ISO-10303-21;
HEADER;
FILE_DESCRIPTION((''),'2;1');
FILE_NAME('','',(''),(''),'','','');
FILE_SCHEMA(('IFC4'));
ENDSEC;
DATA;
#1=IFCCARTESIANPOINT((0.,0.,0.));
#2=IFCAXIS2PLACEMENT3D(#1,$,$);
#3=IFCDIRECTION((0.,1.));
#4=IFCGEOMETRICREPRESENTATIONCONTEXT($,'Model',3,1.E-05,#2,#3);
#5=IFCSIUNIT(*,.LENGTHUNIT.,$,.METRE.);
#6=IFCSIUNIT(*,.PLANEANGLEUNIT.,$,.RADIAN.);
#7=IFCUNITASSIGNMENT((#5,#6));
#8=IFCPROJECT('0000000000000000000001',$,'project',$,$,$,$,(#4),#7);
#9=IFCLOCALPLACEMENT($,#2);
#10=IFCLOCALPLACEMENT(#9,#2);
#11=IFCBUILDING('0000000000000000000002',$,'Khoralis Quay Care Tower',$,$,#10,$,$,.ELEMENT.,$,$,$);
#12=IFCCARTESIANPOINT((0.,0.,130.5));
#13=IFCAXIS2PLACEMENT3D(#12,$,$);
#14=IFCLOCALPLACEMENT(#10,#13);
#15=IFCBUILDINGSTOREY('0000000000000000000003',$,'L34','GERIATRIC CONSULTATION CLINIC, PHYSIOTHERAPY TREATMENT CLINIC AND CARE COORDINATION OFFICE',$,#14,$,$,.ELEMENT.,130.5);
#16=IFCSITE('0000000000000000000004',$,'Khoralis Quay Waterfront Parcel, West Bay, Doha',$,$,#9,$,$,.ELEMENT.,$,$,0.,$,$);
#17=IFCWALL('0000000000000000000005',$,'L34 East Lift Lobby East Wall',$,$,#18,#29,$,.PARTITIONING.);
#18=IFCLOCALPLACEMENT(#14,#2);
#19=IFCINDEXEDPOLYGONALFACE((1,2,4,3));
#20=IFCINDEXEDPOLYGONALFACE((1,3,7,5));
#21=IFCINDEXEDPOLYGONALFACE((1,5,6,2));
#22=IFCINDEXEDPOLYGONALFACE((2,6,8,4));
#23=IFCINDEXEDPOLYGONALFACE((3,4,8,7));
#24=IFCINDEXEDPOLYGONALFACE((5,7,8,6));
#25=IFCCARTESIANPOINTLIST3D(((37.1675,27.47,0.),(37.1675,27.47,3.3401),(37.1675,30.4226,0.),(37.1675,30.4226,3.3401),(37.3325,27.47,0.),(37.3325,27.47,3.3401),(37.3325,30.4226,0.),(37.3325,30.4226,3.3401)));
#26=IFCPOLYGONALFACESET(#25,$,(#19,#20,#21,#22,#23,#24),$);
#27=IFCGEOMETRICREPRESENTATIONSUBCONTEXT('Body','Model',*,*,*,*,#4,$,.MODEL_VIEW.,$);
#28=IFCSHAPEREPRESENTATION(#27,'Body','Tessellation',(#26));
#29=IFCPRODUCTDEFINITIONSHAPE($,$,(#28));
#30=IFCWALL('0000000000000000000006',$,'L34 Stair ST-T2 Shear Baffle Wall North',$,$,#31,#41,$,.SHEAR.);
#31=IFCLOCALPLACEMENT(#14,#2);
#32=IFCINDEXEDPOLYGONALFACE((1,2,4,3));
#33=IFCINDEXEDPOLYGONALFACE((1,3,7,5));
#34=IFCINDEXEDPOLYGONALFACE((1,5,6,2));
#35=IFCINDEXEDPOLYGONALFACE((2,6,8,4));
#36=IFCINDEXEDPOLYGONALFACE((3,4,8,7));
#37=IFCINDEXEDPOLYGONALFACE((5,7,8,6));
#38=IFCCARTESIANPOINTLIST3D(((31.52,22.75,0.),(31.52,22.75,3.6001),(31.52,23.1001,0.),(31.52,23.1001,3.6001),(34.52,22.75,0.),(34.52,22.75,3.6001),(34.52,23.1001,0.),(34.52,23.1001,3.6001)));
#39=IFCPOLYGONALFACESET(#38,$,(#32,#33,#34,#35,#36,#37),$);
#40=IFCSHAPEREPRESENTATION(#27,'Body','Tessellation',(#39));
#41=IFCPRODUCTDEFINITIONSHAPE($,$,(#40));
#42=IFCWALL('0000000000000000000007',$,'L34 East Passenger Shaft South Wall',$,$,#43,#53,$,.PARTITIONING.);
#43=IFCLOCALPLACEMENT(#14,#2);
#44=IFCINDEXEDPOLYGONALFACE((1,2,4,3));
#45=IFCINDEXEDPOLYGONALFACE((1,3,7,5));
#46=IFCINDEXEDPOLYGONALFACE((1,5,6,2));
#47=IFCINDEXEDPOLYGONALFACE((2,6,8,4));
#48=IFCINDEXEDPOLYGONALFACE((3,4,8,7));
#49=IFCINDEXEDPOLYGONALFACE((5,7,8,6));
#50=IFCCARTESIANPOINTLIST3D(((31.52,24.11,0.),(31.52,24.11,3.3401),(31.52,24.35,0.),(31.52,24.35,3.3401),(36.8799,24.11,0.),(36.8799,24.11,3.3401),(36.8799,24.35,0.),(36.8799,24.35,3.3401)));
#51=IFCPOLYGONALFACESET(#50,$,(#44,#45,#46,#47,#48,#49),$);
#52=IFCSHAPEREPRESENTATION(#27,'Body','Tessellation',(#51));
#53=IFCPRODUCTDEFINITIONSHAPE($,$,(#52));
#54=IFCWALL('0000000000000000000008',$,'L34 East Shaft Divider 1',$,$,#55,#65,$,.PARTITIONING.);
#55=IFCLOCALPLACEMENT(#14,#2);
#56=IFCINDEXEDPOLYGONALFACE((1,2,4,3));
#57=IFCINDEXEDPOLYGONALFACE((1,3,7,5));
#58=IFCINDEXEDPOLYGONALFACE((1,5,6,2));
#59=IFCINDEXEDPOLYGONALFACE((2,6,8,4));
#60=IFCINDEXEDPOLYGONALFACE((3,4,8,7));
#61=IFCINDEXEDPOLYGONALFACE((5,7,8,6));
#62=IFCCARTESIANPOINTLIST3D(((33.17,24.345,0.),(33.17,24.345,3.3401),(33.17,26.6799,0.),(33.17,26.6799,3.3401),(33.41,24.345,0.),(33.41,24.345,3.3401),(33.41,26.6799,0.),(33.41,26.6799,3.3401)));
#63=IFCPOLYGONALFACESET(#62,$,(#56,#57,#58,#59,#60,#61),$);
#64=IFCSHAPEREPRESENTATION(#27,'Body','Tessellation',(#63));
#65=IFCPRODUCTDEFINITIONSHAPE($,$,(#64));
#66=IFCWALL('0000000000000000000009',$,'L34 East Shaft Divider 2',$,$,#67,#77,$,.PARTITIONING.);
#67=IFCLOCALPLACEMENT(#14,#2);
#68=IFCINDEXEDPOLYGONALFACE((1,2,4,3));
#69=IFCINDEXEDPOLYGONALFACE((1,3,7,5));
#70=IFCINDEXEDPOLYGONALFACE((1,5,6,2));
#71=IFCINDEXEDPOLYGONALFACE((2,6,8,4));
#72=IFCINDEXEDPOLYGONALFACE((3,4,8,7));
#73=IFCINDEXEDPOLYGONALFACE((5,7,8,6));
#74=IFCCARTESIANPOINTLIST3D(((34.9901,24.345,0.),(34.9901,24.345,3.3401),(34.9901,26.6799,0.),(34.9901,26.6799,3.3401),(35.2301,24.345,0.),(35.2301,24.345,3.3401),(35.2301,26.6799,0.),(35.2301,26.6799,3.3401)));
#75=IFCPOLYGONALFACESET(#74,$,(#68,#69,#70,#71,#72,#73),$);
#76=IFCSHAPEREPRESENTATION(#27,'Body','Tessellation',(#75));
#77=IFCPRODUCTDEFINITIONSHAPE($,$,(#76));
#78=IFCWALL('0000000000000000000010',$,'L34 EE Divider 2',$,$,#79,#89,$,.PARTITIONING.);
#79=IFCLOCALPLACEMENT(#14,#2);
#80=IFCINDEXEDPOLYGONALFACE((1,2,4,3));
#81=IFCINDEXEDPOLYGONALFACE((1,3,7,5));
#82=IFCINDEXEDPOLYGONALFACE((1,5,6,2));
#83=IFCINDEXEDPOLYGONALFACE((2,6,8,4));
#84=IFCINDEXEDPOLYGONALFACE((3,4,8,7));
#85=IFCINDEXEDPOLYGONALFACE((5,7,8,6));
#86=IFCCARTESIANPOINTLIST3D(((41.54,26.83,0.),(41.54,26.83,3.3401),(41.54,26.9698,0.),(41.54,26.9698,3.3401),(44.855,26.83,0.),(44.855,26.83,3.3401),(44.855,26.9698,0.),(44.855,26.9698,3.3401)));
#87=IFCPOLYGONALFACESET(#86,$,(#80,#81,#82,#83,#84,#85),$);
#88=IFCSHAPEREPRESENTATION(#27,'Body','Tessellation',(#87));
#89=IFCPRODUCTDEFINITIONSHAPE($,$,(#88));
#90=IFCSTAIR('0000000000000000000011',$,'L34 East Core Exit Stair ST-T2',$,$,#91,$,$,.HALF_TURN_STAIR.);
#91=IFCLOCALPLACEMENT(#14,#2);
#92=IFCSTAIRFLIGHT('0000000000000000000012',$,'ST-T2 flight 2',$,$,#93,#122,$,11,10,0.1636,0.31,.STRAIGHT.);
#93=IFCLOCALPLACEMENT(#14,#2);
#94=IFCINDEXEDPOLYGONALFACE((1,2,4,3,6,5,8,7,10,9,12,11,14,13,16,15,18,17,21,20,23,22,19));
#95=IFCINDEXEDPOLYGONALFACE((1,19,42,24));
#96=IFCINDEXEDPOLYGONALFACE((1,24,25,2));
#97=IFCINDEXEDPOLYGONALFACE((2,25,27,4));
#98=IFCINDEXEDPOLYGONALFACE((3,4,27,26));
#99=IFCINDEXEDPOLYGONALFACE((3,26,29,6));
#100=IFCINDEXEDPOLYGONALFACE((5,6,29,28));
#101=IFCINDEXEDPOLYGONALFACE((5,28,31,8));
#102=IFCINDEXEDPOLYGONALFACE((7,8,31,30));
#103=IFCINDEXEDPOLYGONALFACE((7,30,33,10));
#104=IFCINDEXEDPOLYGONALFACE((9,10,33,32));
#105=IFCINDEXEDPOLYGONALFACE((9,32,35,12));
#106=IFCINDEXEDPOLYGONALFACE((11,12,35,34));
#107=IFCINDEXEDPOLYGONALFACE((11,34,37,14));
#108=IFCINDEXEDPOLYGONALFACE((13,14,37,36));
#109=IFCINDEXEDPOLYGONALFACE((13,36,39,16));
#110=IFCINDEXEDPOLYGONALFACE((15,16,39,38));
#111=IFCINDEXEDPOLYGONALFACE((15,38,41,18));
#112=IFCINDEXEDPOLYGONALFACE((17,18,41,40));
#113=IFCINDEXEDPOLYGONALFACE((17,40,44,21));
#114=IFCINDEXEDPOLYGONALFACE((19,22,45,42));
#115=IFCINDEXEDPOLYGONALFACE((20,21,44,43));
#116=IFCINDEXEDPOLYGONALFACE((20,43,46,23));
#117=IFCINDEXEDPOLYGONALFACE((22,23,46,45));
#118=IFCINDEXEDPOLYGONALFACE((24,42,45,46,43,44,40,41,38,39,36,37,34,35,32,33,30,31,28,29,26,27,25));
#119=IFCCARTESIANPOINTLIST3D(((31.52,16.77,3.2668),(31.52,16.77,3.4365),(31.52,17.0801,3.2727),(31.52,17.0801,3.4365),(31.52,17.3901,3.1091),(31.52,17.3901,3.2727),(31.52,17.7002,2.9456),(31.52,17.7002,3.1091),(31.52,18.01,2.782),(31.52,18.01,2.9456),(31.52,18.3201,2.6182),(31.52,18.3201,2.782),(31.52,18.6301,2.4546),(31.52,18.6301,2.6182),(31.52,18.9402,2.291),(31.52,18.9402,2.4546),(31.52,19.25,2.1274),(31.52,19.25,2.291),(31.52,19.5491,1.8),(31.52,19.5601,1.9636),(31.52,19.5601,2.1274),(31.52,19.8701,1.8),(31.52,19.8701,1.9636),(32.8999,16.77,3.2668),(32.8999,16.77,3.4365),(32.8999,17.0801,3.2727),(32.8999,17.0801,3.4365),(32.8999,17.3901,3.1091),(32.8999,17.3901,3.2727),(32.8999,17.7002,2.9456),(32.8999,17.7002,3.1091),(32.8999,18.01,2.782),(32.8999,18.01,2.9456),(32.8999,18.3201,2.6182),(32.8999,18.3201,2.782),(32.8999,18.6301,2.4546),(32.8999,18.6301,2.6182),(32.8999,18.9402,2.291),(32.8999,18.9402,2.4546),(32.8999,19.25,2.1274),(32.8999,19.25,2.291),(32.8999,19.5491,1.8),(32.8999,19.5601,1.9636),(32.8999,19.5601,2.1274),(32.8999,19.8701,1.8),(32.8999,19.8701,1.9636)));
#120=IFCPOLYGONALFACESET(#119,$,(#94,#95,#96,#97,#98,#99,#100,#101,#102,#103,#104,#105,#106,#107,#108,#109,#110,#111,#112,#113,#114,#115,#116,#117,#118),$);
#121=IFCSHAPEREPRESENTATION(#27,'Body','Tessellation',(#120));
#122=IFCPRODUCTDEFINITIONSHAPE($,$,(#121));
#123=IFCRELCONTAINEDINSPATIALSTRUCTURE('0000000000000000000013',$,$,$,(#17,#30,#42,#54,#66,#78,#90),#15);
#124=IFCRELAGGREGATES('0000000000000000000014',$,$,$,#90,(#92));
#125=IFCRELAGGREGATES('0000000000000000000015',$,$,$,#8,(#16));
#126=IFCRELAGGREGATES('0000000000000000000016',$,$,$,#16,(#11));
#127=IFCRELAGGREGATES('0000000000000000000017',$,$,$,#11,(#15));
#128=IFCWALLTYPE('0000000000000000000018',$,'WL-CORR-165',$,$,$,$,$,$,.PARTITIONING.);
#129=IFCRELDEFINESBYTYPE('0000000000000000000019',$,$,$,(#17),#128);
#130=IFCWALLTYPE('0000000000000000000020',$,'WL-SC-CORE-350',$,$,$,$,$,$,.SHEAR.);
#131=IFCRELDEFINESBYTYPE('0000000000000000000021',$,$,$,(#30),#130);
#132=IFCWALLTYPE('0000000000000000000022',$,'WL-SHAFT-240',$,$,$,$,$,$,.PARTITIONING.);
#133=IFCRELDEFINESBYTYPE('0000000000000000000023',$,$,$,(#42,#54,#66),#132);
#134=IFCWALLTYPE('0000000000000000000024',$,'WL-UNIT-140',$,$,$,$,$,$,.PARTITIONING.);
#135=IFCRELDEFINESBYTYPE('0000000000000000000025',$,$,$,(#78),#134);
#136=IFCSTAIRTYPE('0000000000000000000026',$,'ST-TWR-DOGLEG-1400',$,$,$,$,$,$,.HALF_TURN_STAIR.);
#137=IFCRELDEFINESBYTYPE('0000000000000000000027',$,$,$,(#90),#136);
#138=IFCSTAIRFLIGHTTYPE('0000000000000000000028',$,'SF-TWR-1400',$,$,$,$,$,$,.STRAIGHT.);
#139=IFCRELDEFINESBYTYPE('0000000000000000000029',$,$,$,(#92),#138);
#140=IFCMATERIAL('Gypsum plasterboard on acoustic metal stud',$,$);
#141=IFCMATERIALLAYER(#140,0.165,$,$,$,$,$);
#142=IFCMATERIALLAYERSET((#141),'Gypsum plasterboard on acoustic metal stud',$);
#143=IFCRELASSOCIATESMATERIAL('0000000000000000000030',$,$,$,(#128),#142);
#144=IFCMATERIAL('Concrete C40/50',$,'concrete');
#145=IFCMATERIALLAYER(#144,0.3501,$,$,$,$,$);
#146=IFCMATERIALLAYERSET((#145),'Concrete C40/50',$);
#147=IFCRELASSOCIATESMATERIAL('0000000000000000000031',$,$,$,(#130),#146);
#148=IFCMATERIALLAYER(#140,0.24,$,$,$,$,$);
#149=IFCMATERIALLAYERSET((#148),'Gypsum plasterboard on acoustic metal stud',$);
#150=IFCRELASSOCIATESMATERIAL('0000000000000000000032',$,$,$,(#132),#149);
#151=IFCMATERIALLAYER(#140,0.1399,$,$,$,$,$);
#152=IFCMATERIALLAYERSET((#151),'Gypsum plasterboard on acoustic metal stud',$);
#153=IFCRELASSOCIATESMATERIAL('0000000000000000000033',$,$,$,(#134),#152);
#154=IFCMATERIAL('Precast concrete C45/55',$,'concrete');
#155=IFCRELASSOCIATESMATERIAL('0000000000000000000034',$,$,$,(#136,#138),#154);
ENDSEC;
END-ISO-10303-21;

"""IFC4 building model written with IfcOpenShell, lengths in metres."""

from ifc_helpers import new_model, si_unit, direction, frame, frame_2d, origin, place, context, subcontext, project, spatial, polyline, rectangle, outline, extrude, source, transform, mapped, material, layer, layer_set, type_object, element, aggregate, save


model = new_model("IFC4")

# Units and contexts
model_context = context("Model", 3, precision=1e-05, world=origin(), true_north=direction((0.0, 1.0)))
body_context = subcontext(model_context, "Body", "Model", "MODEL_VIEW")
ifc_project = project(units=[si_unit("LENGTHUNIT", "METRE"), si_unit("PLANEANGLEUNIT", "RADIAN")], contexts=[model_context])

# Site, building, storey
site_placement = place(None, origin())
site = spatial("IfcSite", under=ifc_project, at=site_placement, Name="Khoralis Quay Waterfront Parcel, West Bay, Doha", CompositionType="ELEMENT", RefElevation=0.0)
building_placement = place(site_placement, origin())
building = spatial("IfcBuilding", under=site, at=building_placement, Name="Khoralis Quay Care Tower", CompositionType="ELEMENT")
storey_placement = place(building_placement, frame((0.0, 0.0, 130.5)))
storey = spatial("IfcBuildingStorey", under=building, at=storey_placement, Name="L34", Description="GERIATRIC CONSULTATION CLINIC, PHYSIOTHERAPY TREATMENT CLINIC AND CARE COORDINATION OFFICE", CompositionType="ELEMENT", Elevation=130.5)

# Walls
ifc_material_1 = material(Name="Gypsum plasterboard on acoustic metal stud")
ifc_layer_1 = layer(ifc_material_1, 0.165)
ifc_layer_set_1 = layer_set([ifc_layer_1], Name="Gypsum plasterboard on acoustic metal stud")
wall_type_1 = type_object("IfcWallType", Name="WL-CORR-165", PredefinedType="PARTITIONING", material=ifc_layer_set_1)
wall_1_placement = place(storey_placement, frame((37.25, 27.47, 0.0), z_axis=(0.0, 0.0, 1.0), x_axis=(0.0, 1.0, 0.0)))
element("IfcWall", 1, at=wall_1_placement, inside=storey, type_object=wall_type_1, Name="L34 East Lift Lobby East Wall", PredefinedType="PARTITIONING", context=body_context, shape_type="SweptSolid", body=[
    extrude(rectangle(XDim=2.9526, YDim=0.165, at=frame_2d((1.4763, 0.0))), origin(), (0.0, 0.0, 1.0), 3.3401),
])
ifc_material_2 = material(Name="Concrete C40/50", Category="concrete")
ifc_layer_2 = layer(ifc_material_2, 0.3501)
ifc_layer_set_2 = layer_set([ifc_layer_2], Name="Concrete C40/50")
wall_type_2 = type_object("IfcWallType", Name="WL-SC-CORE-350", PredefinedType="SHEAR", material=ifc_layer_set_2)
wall_2_placement = place(storey_placement, frame((31.52, 22.925, 0.0), z_axis=(0.0, 0.0, 1.0), x_axis=(1.0, 0.0, 0.0)))
element("IfcWall", 2, at=wall_2_placement, inside=storey, type_object=wall_type_2, Name="L34 Stair ST-T2 Shear Baffle Wall North", PredefinedType="SHEAR", context=body_context, shape_type="SweptSolid", body=[
    extrude(rectangle(XDim=3.0, YDim=0.3501, at=frame_2d((1.5, 0.0))), origin(), (0.0, 0.0, 1.0), 3.6001),
])
ifc_layer_3 = layer(ifc_material_1, 0.24)
ifc_layer_set_3 = layer_set([ifc_layer_3], Name="Gypsum plasterboard on acoustic metal stud")
wall_type_3 = type_object("IfcWallType", Name="WL-SHAFT-240", PredefinedType="PARTITIONING", material=ifc_layer_set_3)
wall_3_placement = place(storey_placement, frame((31.52, 24.23, 0.0), z_axis=(0.0, 0.0, 1.0), x_axis=(1.0, 0.0, 0.0)))
element("IfcWall", 3, at=wall_3_placement, inside=storey, type_object=wall_type_3, Name="L34 East Passenger Shaft South Wall", PredefinedType="PARTITIONING", context=body_context, shape_type="SweptSolid", body=[
    extrude(rectangle(XDim=5.3599, YDim=0.24, at=frame_2d((2.6799, 0.0))), origin(), (0.0, 0.0, 1.0), 3.3401),
])
for number, where, z_axis, x_axis, name in (
    (4, (33.29, 24.345, 0.0), (0.0, 0.0, 1.0), (0.0, 1.0, 0.0), "L34 East Shaft Divider 1"),
    (5, (35.1101, 24.345, 0.0), (0.0, 0.0, 1.0), (0.0, 1.0, 0.0), "L34 East Shaft Divider 2"),
):
    element("IfcWall", number, at=place(storey_placement, frame(where, z_axis=z_axis, x_axis=x_axis)), inside=storey, type_object=wall_type_3, Name=name, PredefinedType="PARTITIONING", context=body_context, shape_type="SweptSolid", body=[
        extrude(rectangle(XDim=2.335, YDim=0.24, at=frame_2d((1.1675, 0.0))), origin(), (0.0, 0.0, 1.0), 3.3401),
    ])
ifc_layer_4 = layer(ifc_material_1, 0.1399)
ifc_layer_set_4 = layer_set([ifc_layer_4], Name="Gypsum plasterboard on acoustic metal stud")
wall_type_4 = type_object("IfcWallType", Name="WL-UNIT-140", PredefinedType="PARTITIONING", material=ifc_layer_set_4)
wall_4_placement = place(storey_placement, frame((41.54, 26.8999, 0.0), z_axis=(0.0, 0.0, 1.0), x_axis=(1.0, 0.0, 0.0)))
element("IfcWall", 6, at=wall_4_placement, inside=storey, type_object=wall_type_4, Name="L34 EE Divider 2", PredefinedType="PARTITIONING", context=body_context, shape_type="SweptSolid", body=[
    extrude(rectangle(XDim=3.3149, YDim=0.1399, at=frame_2d((1.6575, 0.0))), origin(), (0.0, 0.0, 1.0), 3.3401),
])

# Stair, stair flight
ifc_material_3 = material(Name="Precast concrete C45/55", Category="concrete")
stair_type = type_object("IfcStairType", Name="ST-TWR-DOGLEG-1400", PredefinedType="HALF_TURN_STAIR", material=ifc_material_3)
stair_placement = place(storey_placement, origin())
stair = element("IfcStair", 7, at=stair_placement, inside=storey, type_object=stair_type, Name="L34 East Core Exit Stair ST-T2", PredefinedType="HALF_TURN_STAIR")
stair_flight_type = type_object("IfcStairFlightType", Name="SF-TWR-1400", PredefinedType="STRAIGHT", material=ifc_material_3)
shared_shape_1 = source(origin(), body_context, "Body", "SweptSolid", [
    extrude(outline(polyline([(0.0, 0.0), (0.0, 0.1636), (0.3101, 0.1636), (0.3101, 0.3274), (0.6201, 0.3274), (0.6201, 0.491), (0.9299, 0.491), (0.9299, 0.6545), (1.24, 0.6545), (1.24, 0.8181), (1.55, 0.8181), (1.55, 0.9819), (1.8601, 0.9819), (1.8601, 1.1455), (2.1699, 1.1455), (2.1699, 1.3091), (2.48, 1.3091), (2.48, 1.4727), (2.79, 1.4727), (2.79, 1.6365), (3.1001, 1.6365), (3.1001, 1.8), (3.1001, 1.4668), (0.321, 0.0), (0.0, 0.0)])), frame((0.0, 0.6899, 0.0), z_axis=(0.0, -1.0, 0.0), x_axis=(1.0, 0.0, 0.0)), (0.0, 0.0, 1.0), 1.3799),
])
stair_flight_placement = place(storey_placement, frame((32.21, 19.8701, 1.8), z_axis=(0.0, 0.0, 1.0), x_axis=(0.0, -1.0, 0.0)))
stair_flight = element("IfcStairFlight", 8, at=stair_flight_placement, type_object=stair_flight_type, Name="ST-T2 flight 2", NumberOfRisers=11, NumberOfTreads=10, PredefinedType="STRAIGHT", RiserHeight=0.1636, TreadLength=0.31, context=body_context, shape_type="MappedRepresentation", body=[
    mapped(shared_shape_1, transform((0.0, 0.0, 0.0), scale=1.0)),
])
aggregate(stair, [stair_flight])

save(model, "model.ifc")
